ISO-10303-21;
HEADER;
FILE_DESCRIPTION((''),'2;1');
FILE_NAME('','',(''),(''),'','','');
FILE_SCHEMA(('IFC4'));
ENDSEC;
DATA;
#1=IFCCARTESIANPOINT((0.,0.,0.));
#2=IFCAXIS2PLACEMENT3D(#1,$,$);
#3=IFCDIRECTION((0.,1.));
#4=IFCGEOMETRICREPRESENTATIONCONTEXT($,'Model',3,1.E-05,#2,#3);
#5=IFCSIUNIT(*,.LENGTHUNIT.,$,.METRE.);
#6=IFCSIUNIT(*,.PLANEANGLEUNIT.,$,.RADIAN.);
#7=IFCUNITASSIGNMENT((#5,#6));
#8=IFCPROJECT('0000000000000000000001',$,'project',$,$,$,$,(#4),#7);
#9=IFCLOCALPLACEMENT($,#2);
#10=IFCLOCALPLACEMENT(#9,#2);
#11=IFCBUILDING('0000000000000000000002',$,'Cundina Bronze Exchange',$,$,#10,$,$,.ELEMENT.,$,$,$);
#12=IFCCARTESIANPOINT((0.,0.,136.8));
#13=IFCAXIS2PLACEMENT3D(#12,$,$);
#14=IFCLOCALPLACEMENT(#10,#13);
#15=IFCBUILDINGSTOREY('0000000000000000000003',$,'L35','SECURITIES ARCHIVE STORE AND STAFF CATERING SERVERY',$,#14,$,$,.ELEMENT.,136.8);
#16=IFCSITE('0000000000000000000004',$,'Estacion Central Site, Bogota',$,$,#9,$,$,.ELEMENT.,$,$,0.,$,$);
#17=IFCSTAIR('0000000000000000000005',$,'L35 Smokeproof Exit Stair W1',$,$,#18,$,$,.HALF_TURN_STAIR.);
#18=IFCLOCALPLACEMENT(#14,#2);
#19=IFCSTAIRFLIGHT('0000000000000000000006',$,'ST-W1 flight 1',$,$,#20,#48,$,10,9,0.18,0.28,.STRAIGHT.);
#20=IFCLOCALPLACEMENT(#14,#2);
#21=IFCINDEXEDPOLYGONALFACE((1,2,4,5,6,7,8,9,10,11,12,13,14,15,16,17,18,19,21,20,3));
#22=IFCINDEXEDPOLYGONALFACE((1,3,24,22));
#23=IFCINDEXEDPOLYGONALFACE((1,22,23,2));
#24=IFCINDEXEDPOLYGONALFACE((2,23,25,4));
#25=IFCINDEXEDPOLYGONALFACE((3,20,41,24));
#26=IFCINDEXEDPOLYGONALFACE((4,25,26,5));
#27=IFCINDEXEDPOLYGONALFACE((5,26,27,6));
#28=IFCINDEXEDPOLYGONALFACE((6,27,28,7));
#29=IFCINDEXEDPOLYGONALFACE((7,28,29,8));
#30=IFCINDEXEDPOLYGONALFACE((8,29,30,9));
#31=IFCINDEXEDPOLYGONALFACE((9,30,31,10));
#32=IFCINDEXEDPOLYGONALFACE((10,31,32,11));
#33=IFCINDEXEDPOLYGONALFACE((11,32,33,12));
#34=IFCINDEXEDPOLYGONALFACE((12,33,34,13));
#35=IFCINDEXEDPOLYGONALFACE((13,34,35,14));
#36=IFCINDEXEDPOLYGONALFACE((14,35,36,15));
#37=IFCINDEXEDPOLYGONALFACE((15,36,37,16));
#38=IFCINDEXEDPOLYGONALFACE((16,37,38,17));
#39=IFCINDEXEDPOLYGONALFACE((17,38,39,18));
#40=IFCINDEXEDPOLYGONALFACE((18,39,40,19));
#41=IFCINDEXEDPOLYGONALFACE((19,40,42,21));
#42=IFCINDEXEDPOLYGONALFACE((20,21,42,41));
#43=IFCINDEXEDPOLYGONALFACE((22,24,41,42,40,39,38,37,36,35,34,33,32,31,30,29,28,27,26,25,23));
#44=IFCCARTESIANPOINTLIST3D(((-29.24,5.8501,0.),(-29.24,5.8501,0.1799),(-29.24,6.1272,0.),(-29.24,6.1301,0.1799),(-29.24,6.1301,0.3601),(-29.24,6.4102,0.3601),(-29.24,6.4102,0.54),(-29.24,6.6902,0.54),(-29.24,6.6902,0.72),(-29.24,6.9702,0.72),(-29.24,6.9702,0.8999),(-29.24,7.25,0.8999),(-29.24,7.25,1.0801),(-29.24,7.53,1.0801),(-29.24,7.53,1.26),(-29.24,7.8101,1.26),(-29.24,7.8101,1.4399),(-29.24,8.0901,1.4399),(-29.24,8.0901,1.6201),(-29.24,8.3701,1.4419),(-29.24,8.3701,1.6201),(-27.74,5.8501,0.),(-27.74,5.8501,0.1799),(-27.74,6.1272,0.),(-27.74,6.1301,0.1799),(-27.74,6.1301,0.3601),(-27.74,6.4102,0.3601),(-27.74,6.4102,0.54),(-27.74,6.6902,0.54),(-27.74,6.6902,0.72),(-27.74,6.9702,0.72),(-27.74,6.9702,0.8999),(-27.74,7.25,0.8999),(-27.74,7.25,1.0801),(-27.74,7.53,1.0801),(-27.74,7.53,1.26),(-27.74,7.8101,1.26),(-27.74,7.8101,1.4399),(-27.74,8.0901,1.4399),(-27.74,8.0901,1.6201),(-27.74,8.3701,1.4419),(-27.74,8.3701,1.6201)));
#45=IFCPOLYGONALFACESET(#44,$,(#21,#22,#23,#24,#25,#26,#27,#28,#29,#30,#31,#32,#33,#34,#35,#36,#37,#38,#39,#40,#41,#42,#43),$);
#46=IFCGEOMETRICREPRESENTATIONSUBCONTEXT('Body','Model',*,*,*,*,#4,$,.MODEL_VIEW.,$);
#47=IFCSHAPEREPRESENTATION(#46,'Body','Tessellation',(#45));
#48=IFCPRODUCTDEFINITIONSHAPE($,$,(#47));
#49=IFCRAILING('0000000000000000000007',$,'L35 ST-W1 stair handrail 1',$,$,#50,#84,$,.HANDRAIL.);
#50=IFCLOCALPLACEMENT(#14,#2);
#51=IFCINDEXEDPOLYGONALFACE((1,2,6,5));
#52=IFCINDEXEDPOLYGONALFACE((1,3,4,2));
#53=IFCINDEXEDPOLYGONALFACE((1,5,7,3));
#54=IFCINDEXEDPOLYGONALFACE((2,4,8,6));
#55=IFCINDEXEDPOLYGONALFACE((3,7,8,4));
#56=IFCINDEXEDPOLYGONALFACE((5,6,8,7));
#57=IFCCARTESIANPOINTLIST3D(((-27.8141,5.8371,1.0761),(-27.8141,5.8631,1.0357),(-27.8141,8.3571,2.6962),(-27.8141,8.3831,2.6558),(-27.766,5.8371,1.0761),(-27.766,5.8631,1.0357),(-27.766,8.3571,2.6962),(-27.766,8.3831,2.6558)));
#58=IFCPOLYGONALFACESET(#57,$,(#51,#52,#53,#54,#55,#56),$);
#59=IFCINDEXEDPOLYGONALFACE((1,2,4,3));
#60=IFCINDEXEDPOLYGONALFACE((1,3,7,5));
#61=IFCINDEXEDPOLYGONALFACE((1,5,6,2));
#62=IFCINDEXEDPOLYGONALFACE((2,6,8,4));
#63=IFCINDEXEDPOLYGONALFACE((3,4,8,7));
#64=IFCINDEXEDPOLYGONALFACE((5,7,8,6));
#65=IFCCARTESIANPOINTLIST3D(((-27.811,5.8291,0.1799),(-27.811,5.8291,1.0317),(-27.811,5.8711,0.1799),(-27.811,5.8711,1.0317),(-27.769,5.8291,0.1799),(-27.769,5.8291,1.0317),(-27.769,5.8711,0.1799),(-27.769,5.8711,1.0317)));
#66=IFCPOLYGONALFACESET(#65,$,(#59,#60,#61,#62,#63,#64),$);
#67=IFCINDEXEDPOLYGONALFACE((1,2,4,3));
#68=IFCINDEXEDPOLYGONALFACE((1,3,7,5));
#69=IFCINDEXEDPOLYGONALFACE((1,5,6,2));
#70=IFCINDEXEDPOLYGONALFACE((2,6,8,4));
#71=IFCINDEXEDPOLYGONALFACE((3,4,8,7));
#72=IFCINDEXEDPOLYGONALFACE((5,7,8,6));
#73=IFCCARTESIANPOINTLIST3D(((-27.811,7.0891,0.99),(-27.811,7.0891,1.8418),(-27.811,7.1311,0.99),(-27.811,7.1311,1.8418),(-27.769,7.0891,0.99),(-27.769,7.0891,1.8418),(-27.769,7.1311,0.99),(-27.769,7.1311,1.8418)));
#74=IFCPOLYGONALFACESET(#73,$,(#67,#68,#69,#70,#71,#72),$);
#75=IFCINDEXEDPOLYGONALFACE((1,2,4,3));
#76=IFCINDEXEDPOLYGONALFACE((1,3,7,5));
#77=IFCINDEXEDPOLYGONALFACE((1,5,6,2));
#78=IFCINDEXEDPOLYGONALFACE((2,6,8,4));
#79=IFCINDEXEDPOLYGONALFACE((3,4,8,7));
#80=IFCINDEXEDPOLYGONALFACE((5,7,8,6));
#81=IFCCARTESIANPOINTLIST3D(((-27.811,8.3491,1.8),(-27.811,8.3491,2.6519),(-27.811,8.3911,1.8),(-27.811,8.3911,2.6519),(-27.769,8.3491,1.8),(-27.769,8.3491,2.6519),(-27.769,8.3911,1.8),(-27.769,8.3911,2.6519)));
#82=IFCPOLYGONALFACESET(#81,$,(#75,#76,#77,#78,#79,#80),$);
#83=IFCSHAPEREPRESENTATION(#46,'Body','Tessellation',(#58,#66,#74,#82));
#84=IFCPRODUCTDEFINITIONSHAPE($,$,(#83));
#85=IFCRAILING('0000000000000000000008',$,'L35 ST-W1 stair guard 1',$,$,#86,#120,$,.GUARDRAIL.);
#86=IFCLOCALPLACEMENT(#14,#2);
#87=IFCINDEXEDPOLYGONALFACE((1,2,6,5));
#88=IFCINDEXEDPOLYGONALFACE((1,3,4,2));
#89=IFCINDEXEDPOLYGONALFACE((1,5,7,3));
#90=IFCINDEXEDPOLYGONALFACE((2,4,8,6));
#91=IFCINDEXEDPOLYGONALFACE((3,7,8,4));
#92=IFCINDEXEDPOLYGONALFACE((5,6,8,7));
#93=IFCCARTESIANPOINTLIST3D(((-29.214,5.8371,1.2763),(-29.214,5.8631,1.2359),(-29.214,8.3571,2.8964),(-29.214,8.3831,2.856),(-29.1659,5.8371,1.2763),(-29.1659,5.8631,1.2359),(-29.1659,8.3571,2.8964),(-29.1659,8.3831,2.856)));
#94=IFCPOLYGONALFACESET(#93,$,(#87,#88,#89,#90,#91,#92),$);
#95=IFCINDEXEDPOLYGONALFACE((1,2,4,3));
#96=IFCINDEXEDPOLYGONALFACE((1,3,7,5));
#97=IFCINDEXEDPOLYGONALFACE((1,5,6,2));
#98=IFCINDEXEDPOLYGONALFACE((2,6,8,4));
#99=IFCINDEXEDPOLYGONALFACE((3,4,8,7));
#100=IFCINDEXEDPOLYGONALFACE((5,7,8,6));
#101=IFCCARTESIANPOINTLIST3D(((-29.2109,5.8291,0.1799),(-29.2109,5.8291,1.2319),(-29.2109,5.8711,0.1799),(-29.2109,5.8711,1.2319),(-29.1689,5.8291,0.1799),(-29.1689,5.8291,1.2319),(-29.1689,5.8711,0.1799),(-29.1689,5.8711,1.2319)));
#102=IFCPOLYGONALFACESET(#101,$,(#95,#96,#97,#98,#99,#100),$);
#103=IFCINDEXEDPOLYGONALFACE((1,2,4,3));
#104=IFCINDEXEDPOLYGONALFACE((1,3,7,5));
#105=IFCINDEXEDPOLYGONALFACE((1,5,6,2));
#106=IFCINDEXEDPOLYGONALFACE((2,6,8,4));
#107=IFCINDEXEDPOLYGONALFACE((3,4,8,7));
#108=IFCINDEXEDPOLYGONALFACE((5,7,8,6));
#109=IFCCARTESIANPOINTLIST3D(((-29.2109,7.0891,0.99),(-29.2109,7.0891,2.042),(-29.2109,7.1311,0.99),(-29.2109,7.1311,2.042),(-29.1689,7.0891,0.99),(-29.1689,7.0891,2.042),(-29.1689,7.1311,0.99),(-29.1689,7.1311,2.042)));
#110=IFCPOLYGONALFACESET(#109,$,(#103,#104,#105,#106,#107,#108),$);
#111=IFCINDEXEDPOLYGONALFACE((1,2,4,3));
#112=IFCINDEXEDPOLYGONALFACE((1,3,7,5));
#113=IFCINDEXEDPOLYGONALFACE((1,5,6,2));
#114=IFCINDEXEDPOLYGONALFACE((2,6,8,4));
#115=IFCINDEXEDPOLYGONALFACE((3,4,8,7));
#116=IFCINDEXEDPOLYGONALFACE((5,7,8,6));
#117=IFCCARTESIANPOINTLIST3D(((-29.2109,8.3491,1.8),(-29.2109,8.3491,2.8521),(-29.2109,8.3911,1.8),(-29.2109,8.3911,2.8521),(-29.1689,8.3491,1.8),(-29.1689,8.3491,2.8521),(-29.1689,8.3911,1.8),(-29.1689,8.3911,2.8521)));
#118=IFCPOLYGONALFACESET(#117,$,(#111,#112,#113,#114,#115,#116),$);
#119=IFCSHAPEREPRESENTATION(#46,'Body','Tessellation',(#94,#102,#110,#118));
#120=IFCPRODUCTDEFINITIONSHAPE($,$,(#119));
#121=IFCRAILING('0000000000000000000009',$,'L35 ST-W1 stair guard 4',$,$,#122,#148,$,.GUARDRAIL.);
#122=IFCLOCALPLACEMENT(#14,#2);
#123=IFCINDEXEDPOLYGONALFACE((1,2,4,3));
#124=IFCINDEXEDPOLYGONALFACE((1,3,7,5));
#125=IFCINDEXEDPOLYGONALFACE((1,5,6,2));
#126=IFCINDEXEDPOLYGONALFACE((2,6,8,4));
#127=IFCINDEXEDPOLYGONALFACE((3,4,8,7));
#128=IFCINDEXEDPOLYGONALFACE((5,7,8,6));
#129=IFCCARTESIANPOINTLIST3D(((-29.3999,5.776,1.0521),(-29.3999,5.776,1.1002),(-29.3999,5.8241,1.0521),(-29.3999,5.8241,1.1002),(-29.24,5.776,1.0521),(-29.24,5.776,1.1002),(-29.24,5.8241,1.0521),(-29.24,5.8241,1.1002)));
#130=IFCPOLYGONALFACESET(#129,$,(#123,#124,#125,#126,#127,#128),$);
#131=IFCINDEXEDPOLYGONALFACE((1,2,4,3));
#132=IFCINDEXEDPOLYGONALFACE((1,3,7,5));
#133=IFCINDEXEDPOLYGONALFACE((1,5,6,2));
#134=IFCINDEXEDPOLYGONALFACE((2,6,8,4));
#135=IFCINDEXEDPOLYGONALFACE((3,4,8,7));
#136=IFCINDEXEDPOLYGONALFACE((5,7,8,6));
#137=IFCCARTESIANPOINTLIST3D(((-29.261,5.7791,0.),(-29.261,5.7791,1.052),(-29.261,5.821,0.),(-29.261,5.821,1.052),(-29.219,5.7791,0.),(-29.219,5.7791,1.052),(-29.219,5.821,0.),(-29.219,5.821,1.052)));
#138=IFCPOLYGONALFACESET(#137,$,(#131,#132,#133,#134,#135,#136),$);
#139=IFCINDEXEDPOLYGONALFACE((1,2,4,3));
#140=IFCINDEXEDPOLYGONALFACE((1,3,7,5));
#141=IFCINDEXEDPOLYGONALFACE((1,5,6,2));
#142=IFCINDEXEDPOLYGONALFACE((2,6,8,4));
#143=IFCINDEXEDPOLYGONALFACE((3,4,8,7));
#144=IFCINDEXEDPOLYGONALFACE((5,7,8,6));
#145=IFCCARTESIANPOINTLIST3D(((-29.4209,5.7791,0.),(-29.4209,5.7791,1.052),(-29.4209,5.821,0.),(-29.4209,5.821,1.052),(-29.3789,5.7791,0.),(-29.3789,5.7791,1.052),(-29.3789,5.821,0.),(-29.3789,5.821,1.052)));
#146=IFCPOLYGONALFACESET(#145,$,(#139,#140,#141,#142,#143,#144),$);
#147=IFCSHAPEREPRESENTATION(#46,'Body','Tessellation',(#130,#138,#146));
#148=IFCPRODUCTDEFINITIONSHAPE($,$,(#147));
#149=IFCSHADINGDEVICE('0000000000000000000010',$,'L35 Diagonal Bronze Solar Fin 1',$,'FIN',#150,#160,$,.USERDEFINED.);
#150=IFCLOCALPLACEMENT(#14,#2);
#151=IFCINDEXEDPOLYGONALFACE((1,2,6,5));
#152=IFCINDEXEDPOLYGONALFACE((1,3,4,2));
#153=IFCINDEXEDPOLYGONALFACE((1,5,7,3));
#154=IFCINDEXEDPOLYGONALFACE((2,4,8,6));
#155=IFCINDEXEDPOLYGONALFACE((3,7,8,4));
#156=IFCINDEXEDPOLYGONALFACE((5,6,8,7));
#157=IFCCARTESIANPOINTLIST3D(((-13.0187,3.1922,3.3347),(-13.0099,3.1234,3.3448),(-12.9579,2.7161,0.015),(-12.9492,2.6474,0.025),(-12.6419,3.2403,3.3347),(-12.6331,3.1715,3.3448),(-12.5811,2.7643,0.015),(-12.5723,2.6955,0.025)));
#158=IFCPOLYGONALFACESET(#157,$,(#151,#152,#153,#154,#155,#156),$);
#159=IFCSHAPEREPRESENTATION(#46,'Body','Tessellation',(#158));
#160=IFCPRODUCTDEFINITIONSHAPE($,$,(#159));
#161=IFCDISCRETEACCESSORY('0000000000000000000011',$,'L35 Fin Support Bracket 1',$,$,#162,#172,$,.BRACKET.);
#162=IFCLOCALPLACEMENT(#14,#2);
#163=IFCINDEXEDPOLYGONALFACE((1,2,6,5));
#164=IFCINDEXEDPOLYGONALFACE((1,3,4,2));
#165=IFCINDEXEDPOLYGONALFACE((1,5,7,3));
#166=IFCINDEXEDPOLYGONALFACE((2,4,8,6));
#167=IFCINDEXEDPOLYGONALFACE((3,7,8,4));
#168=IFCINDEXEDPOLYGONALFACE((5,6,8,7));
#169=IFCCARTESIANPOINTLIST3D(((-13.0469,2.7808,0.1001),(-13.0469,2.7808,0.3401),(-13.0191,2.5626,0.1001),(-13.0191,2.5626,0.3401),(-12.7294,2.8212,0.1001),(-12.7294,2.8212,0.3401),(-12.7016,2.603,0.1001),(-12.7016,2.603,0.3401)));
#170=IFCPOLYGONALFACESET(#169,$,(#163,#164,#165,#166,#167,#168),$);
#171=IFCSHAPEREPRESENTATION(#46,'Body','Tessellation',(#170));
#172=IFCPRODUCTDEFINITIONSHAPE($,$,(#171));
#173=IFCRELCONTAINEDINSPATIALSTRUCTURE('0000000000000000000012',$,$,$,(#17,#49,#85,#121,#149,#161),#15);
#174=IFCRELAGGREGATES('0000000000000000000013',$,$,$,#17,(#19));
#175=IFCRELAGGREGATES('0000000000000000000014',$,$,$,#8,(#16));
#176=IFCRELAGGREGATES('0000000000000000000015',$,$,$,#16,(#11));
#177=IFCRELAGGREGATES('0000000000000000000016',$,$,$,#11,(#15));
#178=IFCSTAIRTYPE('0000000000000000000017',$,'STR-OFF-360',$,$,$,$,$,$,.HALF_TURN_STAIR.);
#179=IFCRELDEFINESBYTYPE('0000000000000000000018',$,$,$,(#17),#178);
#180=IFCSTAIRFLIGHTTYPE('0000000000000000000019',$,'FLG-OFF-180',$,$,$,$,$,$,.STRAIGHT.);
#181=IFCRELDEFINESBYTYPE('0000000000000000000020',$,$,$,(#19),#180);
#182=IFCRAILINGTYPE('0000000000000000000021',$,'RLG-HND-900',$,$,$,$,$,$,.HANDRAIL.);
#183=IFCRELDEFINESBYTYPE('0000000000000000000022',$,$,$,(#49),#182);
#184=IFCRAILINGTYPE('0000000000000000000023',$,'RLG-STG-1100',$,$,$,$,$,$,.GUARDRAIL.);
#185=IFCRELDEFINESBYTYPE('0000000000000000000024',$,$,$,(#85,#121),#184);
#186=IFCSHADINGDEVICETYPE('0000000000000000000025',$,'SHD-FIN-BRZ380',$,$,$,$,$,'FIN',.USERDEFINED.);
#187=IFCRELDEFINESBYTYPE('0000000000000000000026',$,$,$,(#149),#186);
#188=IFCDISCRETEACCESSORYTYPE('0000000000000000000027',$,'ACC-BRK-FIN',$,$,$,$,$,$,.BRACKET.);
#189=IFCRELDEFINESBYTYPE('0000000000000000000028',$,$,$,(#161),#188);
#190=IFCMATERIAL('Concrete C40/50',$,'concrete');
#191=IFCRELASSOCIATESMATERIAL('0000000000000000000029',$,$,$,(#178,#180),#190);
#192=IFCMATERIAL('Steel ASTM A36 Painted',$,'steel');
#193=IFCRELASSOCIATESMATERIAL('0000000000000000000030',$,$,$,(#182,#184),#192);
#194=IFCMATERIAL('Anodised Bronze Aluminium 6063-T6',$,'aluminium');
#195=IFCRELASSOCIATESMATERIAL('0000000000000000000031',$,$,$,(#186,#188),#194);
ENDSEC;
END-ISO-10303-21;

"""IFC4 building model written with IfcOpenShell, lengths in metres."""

from ifc_helpers import new_model, si_unit, direction, frame, origin, origin_2d, place, context, subcontext, project, spatial, polyline, rectangle, outline, extrude, material, material_profile, profile_set, type_object, element, aggregate, save


model = new_model("IFC4")

# Units and contexts
model_context = context("Model", 3, precision=1e-05, world=origin(), true_north=direction((0.0, 1.0)))
body_context = subcontext(model_context, "Body", "Model", "MODEL_VIEW")
ifc_project = project(units=[si_unit("LENGTHUNIT", "METRE"), si_unit("PLANEANGLEUNIT", "RADIAN")], contexts=[model_context])

# Site, building, storey
site_placement = place(None, origin())
site = spatial("IfcSite", under=ifc_project, at=site_placement, Name="Estacion Central Site, Bogota", CompositionType="ELEMENT", RefElevation=0.0)
building_placement = place(site_placement, origin())
building = spatial("IfcBuilding", under=site, at=building_placement, Name="Cundina Bronze Exchange", CompositionType="ELEMENT")
storey_placement = place(building_placement, frame((0.0, 0.0, 136.8)))
storey = spatial("IfcBuildingStorey", under=building, at=storey_placement, Name="L35", Description="SECURITIES ARCHIVE STORE AND STAFF CATERING SERVERY", CompositionType="ELEMENT", Elevation=136.8)

# Shared definitions
ifc_material_1 = material(Name="Anodised Bronze Aluminium 6063-T6", Category="aluminium")

# Shared definitions
ifc_material_2 = material(Name="Steel ASTM A36 Painted", Category="steel")

# Stair, stair flight
ifc_material_3 = material(Name="Concrete C40/50", Category="concrete")
stair_type = type_object("IfcStairType", Name="STR-OFF-360", PredefinedType="HALF_TURN_STAIR", material=ifc_material_3)
stair_placement = place(storey_placement, origin())
stair = element("IfcStair", 1, at=stair_placement, inside=storey, type_object=stair_type, Name="L35 Smokeproof Exit Stair W1", PredefinedType="HALF_TURN_STAIR")
stair_flight_type = type_object("IfcStairFlightType", Name="FLG-OFF-180", PredefinedType="STRAIGHT", material=ifc_material_3)
stair_flight_placement = place(storey_placement, frame((-28.49, 5.8501, 0.0), z_axis=(0.0, 0.0, 1.0), x_axis=(0.0, 1.0, 0.0)))
stair_flight = element("IfcStairFlight", 2, at=stair_flight_placement, type_object=stair_flight_type, Name="ST-W1 flight 1", NumberOfRisers=10, NumberOfTreads=9, PredefinedType="STRAIGHT", RiserHeight=0.18, TreadLength=0.28, context=body_context, shape_type="SweptSolid", body=[
    extrude(outline(polyline([(0.0, 0.0), (0.0, 0.1799), (0.28, 0.1799), (0.28, 0.3601), (0.5601, 0.3601), (0.5601, 0.54), (0.8401, 0.54), (0.8401, 0.72), (1.1201, 0.72), (1.1201, 0.8999), (1.3999, 0.8999), (1.3999, 1.0801), (1.6799, 1.0801), (1.6799, 1.26), (1.96, 1.26), (1.96, 1.4399), (2.24, 1.4399), (2.24, 1.6201), (2.52, 1.6201), (2.52, 1.8), (2.52, 1.4419), (0.2771, 0.0), (0.0, 0.0)])), frame((0.0, 0.75, 0.0), z_axis=(0.0, -1.0, 0.0), x_axis=(1.0, 0.0, 0.0)), (0.0, 0.0, 1.0), 1.5),
])
aggregate(stair, [stair_flight])

# Railings
railing_type_1 = type_object("IfcRailingType", Name="RLG-HND-900", PredefinedType="HANDRAIL", material=ifc_material_2)
railing_1_placement = place(storey_placement, frame((-27.79, 5.8501, 0.1799)))
element("IfcRailing", 3, at=railing_1_placement, inside=storey, type_object=railing_type_1, Name="L35 ST-W1 stair handrail 1", PredefinedType="HANDRAIL", context=body_context, shape_type="SweptSolid", body=[
    extrude(rectangle(XDim=0.0481, YDim=0.0481, at=origin_2d()), frame((0.0, 0.0, 0.876), z_axis=(0.0, 0.841163, 0.540782), x_axis=(-1.0, 0.0, 0.0)), (0.0, 0.0, 1.0), 2.9958),
    extrude(rectangle(XDim=0.042, YDim=0.042, at=origin_2d()), origin(), (0.0, 0.0, 1.0), 0.8518),
    extrude(rectangle(XDim=0.042, YDim=0.042, at=origin_2d()), frame((0.0, 1.26, 0.8101)), (0.0, 0.0, 1.0), 0.8518),
    extrude(rectangle(XDim=0.042, YDim=0.042, at=origin_2d()), frame((0.0, 2.52, 1.6201)), (0.0, 0.0, 1.0), 0.8518),
])
railing_type_2 = type_object("IfcRailingType", Name="RLG-STG-1100", PredefinedType="GUARDRAIL", material=ifc_material_2)
railing_2_placement = place(storey_placement, frame((-29.1899, 5.8501, 0.1799)))
element("IfcRailing", 4, at=railing_2_placement, inside=storey, type_object=railing_type_2, Name="L35 ST-W1 stair guard 1", PredefinedType="GUARDRAIL", context=body_context, shape_type="SweptSolid", body=[
    extrude(rectangle(XDim=0.0481, YDim=0.0481, at=origin_2d()), frame((0.0, 0.0, 1.0762), z_axis=(0.0, 0.841163, 0.540782), x_axis=(-1.0, 0.0, 0.0)), (0.0, 0.0, 1.0), 2.9958),
    extrude(rectangle(XDim=0.042, YDim=0.042, at=origin_2d()), origin(), (0.0, 0.0, 1.0), 1.052),
    extrude(rectangle(XDim=0.042, YDim=0.042, at=origin_2d()), frame((0.0, 1.26, 0.8101)), (0.0, 0.0, 1.0), 1.052),
    extrude(rectangle(XDim=0.042, YDim=0.042, at=origin_2d()), frame((0.0, 2.52, 1.6201)), (0.0, 0.0, 1.0), 1.052),
])
railing_3_placement = place(storey_placement, frame((-29.24, 5.8, 0.0)))
element("IfcRailing", 5, at=railing_3_placement, inside=storey, type_object=railing_type_2, Name="L35 ST-W1 stair guard 4", PredefinedType="GUARDRAIL", context=body_context, shape_type="SweptSolid", body=[
    extrude(rectangle(XDim=0.0481, YDim=0.0481, at=origin_2d()), frame((0.0, 0.0, 1.0762), z_axis=(-1.0, 0.0, 0.0), x_axis=(0.0, -1.0, 0.0)), (0.0, 0.0, 1.0), 0.1599),
    extrude(rectangle(XDim=0.042, YDim=0.042, at=origin_2d()), origin(), (0.0, 0.0, 1.0), 1.052),
    extrude(rectangle(XDim=0.042, YDim=0.042, at=origin_2d()), frame((-0.1599, 0.0, 0.0)), (0.0, 0.0, 1.0), 1.052),
])

# Shading device
ifc_material_profile_1 = material_profile(ifc_material_1, rectangle(XDim=0.0701, YDim=0.3799, at=origin_2d()), Name="FIN70X380", Category="aluminium")
ifc_profile_set_1 = profile_set([ifc_material_profile_1], Name="Anodised Bronze Aluminium 6063-T6")
shading_device_type = type_object("IfcShadingDeviceType", Name="SHD-FIN-BRZ380", ElementType="FIN", PredefinedType="USERDEFINED", material=ifc_profile_set_1)
shading_device_placement = place(storey_placement, frame((-12.7651, 2.7058, 0.02), z_axis=(-0.018123, 0.141928, 0.989711), x_axis=(0.125361, -0.98174, 0.14308)))
element("IfcShadingDevice", 6, at=shading_device_placement, inside=storey, type_object=shading_device_type, Name="L35 Diagonal Bronze Solar Fin 1", ObjectType="FIN", PredefinedType="USERDEFINED", context=body_context, shape_type="SweptSolid", body=[
    extrude(rectangle(XDim=0.0701, YDim=0.3799, at=origin_2d()), origin(), (0.0, 0.0, 1.0), 3.3542),
])

# Discrete accessory
discrete_accessory_type = type_object("IfcDiscreteAccessoryType", Name="ACC-BRK-FIN", PredefinedType="BRACKET", material=ifc_material_1)
discrete_accessory_placement = place(storey_placement, frame((-12.8743, 2.6919, 0.1001), z_axis=(0.0, 0.0, 1.0), x_axis=(-0.126476, 0.99197, 0.0)))
element("IfcDiscreteAccessory", 7, at=discrete_accessory_placement, inside=storey, type_object=discrete_accessory_type, Name="L35 Fin Support Bracket 1", PredefinedType="BRACKET", context=body_context, shape_type="SweptSolid", body=[
    extrude(rectangle(XDim=0.22, YDim=0.3201, at=origin_2d()), origin(), (0.0, 0.0, 1.0), 0.24),
])

save(model, "model.ifc")
